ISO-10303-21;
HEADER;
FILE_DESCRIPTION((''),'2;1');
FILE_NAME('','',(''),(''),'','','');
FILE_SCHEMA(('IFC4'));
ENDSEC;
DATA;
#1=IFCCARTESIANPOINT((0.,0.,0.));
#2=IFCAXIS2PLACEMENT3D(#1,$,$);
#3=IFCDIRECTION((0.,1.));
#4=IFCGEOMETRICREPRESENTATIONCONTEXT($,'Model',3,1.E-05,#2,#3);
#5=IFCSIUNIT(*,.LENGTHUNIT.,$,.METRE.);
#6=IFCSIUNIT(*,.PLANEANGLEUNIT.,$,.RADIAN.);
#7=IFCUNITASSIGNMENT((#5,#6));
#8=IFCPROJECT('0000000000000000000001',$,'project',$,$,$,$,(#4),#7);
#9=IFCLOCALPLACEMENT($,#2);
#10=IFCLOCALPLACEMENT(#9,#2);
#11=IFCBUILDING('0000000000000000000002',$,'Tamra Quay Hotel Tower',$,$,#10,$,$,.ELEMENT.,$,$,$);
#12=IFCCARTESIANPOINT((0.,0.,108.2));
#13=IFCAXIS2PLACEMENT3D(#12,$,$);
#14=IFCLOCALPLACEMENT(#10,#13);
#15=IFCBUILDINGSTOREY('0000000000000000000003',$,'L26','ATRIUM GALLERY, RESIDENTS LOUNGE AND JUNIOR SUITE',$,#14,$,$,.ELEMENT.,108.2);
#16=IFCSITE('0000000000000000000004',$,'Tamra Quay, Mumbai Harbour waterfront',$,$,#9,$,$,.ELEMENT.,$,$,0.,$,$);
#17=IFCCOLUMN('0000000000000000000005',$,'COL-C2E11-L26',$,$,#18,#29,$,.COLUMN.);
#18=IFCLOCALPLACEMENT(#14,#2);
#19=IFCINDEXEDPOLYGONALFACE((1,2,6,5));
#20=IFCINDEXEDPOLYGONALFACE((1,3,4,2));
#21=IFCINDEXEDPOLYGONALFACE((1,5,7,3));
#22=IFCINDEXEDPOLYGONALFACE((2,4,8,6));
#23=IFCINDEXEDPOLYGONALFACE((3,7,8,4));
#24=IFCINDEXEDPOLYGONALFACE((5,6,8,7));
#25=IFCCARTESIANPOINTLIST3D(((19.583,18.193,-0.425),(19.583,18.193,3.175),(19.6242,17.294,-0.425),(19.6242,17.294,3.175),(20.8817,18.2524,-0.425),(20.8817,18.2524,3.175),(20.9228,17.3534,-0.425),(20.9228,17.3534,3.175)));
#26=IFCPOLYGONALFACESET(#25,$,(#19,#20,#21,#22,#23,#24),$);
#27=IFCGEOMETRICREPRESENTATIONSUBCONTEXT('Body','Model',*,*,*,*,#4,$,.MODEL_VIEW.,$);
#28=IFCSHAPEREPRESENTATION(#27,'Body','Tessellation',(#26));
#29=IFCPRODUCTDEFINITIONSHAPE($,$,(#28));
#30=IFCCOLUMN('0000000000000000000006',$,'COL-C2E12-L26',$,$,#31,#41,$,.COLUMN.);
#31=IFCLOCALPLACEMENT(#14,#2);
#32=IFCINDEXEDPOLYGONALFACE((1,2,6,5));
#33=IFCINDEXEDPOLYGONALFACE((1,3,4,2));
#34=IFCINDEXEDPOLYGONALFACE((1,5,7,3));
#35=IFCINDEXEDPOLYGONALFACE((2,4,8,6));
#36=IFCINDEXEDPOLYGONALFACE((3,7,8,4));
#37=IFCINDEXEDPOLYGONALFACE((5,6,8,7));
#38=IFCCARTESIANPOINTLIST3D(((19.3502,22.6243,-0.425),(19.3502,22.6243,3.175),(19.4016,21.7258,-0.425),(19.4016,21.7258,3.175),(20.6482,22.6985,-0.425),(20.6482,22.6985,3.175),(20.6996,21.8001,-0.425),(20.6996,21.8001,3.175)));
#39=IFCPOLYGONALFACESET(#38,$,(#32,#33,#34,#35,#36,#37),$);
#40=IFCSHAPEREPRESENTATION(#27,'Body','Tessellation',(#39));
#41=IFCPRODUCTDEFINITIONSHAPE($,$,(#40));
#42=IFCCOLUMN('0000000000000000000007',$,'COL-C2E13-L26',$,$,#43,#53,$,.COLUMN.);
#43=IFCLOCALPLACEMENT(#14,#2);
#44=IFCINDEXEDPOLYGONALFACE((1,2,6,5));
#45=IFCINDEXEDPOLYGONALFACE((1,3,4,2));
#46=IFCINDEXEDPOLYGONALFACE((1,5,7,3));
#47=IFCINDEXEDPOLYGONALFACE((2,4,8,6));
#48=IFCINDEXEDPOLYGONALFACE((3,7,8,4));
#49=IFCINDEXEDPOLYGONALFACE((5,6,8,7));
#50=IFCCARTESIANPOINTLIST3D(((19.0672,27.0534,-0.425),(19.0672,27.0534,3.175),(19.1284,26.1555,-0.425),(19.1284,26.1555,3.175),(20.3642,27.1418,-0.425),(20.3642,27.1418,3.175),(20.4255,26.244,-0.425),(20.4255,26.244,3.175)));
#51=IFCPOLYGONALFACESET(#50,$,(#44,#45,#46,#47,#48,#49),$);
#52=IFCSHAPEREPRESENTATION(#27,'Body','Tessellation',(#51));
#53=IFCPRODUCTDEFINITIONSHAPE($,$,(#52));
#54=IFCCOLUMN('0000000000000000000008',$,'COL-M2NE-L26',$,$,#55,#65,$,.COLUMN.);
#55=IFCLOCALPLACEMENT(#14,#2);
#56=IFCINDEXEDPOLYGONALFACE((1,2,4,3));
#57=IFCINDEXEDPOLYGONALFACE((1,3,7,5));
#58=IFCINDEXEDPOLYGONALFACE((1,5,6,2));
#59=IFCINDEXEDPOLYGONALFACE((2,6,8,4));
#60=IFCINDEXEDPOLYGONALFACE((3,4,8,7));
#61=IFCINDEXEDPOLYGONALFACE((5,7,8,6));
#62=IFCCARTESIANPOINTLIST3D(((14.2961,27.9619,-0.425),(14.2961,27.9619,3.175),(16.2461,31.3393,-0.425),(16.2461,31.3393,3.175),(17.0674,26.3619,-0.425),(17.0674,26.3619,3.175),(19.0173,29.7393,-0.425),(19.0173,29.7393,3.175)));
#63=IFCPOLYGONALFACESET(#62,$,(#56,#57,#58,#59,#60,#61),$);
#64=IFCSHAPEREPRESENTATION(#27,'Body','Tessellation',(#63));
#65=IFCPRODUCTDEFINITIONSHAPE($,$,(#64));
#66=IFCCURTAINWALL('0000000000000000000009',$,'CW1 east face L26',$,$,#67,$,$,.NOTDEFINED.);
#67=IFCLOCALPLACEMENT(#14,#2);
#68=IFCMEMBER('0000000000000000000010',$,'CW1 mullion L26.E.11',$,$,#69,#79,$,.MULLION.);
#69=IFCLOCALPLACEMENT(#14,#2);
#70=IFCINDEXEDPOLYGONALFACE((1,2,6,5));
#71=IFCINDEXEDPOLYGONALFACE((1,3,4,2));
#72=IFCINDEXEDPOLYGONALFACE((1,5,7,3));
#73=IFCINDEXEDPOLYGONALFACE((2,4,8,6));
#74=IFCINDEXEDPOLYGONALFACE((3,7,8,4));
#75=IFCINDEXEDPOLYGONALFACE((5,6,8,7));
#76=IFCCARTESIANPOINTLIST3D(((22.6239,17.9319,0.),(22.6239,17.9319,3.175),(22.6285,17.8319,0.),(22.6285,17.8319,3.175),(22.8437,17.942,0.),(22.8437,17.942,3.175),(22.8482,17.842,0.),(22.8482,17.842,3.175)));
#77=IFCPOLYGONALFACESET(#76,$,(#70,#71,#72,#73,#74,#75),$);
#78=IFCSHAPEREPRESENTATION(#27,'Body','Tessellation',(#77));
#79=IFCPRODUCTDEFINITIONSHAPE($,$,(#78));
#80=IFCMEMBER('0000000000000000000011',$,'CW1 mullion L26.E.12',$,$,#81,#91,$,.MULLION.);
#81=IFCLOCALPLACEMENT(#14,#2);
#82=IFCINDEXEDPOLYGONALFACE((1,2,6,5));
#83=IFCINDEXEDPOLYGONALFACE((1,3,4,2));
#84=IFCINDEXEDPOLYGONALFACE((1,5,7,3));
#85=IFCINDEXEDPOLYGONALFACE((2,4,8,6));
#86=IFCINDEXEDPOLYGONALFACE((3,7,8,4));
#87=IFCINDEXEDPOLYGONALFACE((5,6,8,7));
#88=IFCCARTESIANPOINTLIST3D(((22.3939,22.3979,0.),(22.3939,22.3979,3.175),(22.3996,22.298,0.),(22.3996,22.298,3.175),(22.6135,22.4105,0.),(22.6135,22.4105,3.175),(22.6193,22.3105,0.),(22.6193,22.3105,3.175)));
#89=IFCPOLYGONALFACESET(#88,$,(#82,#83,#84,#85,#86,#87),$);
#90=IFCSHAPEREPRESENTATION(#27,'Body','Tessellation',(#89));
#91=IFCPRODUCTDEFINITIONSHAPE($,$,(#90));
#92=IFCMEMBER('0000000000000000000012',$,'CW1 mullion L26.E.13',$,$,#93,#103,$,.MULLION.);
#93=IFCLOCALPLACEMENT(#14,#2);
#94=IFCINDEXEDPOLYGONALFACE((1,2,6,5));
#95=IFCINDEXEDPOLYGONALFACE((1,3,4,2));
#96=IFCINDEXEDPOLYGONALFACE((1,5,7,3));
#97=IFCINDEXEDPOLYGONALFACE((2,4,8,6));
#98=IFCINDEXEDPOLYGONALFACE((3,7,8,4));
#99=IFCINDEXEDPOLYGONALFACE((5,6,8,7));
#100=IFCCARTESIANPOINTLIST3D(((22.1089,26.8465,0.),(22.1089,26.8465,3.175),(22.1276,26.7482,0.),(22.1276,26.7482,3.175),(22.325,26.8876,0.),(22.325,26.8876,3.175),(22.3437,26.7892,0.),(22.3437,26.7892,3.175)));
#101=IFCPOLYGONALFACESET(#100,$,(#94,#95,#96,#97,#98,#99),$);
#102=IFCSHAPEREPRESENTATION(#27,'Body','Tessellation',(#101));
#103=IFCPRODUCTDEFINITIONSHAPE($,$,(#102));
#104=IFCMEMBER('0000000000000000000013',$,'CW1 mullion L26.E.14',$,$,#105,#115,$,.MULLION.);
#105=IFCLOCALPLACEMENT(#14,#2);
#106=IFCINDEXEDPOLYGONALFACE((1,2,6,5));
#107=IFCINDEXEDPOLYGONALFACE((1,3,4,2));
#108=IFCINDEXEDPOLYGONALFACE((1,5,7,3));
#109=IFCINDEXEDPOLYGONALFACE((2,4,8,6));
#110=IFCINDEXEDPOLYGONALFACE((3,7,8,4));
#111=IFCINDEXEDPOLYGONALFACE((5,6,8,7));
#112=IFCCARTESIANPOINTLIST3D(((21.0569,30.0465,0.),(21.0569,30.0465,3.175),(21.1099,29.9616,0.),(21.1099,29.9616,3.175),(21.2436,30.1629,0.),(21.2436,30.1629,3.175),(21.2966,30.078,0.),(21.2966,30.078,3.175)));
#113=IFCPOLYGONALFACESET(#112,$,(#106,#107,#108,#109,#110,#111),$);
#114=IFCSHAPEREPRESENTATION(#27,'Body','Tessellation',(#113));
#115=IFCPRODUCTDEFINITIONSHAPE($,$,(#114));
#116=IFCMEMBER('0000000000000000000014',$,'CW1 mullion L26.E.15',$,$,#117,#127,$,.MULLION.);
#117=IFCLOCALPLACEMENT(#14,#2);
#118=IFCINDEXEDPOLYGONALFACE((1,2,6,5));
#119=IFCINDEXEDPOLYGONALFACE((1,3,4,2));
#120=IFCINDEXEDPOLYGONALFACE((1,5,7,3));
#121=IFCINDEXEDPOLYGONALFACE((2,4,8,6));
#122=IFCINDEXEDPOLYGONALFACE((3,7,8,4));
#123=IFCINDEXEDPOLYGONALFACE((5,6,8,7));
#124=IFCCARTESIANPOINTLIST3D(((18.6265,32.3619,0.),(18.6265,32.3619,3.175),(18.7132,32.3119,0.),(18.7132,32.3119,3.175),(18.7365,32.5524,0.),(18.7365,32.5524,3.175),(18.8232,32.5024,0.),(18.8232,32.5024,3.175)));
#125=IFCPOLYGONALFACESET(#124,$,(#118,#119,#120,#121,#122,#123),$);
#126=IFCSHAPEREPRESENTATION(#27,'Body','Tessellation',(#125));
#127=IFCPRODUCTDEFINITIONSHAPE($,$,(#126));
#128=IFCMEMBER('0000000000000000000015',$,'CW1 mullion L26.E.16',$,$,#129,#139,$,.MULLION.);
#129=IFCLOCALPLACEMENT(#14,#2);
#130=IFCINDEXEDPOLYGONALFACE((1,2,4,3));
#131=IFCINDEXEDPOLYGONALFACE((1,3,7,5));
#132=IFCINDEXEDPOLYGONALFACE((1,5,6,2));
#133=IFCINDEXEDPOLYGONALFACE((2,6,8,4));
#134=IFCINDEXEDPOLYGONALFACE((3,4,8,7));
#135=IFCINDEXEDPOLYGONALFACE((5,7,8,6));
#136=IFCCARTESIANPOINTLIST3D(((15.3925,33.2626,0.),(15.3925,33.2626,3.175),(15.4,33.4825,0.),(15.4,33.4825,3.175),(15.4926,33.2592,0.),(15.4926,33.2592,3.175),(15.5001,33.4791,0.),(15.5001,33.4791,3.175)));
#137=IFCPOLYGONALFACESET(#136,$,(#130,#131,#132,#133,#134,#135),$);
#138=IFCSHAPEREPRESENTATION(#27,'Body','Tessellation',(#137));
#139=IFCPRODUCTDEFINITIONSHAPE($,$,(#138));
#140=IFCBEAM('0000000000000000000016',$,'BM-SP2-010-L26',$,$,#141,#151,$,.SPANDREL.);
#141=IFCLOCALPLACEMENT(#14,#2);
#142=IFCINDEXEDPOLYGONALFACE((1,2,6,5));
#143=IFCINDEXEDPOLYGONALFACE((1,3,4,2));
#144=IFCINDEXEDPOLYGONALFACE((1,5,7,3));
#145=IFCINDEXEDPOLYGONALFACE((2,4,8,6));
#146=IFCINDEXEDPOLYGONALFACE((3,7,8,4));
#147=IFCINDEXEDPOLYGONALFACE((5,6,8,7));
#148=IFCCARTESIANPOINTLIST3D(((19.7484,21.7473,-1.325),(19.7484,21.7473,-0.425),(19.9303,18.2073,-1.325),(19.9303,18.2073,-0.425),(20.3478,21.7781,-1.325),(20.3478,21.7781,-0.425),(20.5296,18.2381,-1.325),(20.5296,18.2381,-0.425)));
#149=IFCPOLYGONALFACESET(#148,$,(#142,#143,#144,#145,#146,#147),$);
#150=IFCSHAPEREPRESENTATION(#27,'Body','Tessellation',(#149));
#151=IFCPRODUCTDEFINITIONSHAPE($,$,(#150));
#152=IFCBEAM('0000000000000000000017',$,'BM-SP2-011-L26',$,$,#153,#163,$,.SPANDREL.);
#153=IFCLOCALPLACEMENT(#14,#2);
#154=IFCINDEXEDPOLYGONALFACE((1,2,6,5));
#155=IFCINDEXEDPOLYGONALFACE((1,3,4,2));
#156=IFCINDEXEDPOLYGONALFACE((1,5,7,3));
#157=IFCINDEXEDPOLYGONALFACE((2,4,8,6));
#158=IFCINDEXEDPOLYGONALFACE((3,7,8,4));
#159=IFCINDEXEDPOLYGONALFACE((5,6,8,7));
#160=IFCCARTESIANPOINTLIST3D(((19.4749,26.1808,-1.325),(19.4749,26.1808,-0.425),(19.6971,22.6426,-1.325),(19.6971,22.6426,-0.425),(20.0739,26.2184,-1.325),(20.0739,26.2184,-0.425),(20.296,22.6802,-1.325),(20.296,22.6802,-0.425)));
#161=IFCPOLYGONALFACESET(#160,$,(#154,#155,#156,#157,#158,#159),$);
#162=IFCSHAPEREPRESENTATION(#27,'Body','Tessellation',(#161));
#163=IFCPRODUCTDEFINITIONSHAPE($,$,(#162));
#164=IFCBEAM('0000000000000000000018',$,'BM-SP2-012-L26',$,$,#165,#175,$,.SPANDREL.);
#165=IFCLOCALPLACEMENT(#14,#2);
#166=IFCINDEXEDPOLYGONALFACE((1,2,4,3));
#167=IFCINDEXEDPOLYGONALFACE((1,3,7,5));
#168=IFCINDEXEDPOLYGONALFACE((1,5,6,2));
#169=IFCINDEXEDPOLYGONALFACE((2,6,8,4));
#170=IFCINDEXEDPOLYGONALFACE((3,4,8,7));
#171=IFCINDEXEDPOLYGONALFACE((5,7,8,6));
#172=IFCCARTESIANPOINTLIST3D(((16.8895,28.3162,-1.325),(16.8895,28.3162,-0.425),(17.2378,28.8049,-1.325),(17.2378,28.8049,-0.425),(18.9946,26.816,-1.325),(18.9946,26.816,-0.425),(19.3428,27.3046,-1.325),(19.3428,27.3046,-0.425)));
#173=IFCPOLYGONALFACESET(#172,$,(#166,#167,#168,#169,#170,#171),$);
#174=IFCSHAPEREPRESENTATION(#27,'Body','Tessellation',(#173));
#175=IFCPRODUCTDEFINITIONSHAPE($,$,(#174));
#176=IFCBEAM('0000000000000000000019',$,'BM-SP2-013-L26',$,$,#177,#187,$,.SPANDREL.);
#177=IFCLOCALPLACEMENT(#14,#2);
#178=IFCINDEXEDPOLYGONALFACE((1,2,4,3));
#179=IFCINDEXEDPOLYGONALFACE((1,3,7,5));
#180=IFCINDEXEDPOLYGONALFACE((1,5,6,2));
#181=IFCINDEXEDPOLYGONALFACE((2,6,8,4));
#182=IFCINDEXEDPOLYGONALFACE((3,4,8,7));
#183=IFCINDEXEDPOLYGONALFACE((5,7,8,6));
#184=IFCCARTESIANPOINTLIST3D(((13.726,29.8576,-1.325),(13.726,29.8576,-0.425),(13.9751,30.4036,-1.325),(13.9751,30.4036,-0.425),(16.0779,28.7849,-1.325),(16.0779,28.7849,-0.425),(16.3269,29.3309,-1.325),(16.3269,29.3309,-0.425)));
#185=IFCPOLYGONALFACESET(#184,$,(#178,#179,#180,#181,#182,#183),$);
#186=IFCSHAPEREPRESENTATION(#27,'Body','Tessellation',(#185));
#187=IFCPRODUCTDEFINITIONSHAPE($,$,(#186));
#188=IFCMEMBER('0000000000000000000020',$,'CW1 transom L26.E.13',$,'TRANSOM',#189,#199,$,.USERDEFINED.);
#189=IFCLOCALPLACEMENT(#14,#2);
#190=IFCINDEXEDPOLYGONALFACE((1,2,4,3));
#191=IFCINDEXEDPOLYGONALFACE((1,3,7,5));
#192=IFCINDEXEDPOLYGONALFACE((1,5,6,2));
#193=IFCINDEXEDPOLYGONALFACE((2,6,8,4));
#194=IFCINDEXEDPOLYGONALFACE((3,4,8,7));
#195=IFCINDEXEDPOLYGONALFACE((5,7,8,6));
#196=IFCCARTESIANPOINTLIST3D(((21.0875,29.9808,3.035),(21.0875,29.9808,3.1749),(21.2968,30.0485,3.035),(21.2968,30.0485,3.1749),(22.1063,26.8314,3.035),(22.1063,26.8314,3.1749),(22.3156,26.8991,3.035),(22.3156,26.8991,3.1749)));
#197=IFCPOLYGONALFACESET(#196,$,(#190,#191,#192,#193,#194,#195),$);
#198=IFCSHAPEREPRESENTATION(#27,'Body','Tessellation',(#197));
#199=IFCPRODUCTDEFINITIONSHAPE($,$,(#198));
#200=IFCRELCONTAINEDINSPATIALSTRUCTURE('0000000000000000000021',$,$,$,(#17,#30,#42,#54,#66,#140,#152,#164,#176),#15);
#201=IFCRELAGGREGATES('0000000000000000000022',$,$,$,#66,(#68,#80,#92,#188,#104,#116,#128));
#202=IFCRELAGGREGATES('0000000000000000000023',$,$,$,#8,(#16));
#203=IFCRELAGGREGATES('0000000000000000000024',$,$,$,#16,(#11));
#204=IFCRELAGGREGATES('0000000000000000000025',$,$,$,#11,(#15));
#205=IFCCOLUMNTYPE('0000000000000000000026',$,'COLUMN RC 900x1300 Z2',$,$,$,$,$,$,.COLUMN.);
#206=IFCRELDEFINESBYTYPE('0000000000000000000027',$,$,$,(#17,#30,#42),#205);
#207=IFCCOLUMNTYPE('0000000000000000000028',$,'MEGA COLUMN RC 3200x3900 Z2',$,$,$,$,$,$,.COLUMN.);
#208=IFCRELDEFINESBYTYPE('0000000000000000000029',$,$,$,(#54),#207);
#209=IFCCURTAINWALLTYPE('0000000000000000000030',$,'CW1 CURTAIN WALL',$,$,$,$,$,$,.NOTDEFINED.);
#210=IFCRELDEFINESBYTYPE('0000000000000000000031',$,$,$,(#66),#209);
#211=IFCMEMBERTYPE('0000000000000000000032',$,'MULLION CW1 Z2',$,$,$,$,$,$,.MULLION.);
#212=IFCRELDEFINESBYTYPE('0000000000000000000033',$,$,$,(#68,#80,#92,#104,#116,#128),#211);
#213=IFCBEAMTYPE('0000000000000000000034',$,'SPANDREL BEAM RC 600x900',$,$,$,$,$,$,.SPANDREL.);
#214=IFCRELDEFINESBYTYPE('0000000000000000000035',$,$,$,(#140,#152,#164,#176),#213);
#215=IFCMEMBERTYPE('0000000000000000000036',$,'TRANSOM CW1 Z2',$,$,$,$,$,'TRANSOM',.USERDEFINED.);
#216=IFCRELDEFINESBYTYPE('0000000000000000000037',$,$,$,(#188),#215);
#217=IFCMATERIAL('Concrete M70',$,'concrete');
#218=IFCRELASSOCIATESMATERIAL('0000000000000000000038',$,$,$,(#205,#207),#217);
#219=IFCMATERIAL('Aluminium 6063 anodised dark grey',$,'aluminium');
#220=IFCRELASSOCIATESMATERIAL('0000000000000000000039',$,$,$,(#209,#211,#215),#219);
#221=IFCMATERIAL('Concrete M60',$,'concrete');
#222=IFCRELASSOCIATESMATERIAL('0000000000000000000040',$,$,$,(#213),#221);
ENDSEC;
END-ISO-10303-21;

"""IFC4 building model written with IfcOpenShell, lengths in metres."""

from ifc_helpers import new_model, si_unit, direction, frame, origin, origin_2d, place, context, subcontext, project, spatial, rectangle, extrude, material, material_profile, profile_set, type_object, element, aggregate, save


model = new_model("IFC4")

# Units and contexts
model_context = context("Model", 3, precision=1e-05, world=origin(), true_north=direction((0.0, 1.0)))
body_context = subcontext(model_context, "Body", "Model", "MODEL_VIEW")
ifc_project = project(units=[si_unit("LENGTHUNIT", "METRE"), si_unit("PLANEANGLEUNIT", "RADIAN")], contexts=[model_context])

# Site, building, storey
site_placement = place(None, origin())
site = spatial("IfcSite", under=ifc_project, at=site_placement, Name="Tamra Quay, Mumbai Harbour waterfront", CompositionType="ELEMENT", RefElevation=0.0)
building_placement = place(site_placement, origin())
building = spatial("IfcBuilding", under=site, at=building_placement, Name="Tamra Quay Hotel Tower", CompositionType="ELEMENT")
storey_placement = place(building_placement, frame((0.0, 0.0, 108.2)))
storey = spatial("IfcBuildingStorey", under=building, at=storey_placement, Name="L26", Description="ATRIUM GALLERY, RESIDENTS LOUNGE AND JUNIOR SUITE", CompositionType="ELEMENT", Elevation=108.2)

# Columns
ifc_material_1 = material(Name="Concrete M70", Category="concrete")
ifc_material_profile_1 = material_profile(ifc_material_1, rectangle(XDim=1.3, YDim=0.8999, at=origin_2d()), Name="COLUMN RC 900x1300 Z2")
ifc_profile_set_1 = profile_set([ifc_material_profile_1], Name="Concrete M70")
column_type_1 = type_object("IfcColumnType", Name="COLUMN RC 900x1300 Z2", PredefinedType="COLUMN", material=ifc_profile_set_1)
for number, where, z_axis, x_axis, name in (
    (1, (20.2529, 17.7732, -0.425), (0.0, 0.0, 1.0), (0.998955, 0.045712, 0.0), "COL-C2E11-L26"),
    (2, (20.0249, 22.2122, -0.425), (0.0, 0.0, 1.0), (0.998368, 0.057108, 0.0), "COL-C2E12-L26"),
    (3, (19.7463, 26.6487, -0.425), (0.0, 0.0, 1.0), (0.997682, 0.068041, 0.0), "COL-C2E13-L26"),
):
    element("IfcColumn", number, at=place(storey_placement, frame(where, z_axis=z_axis, x_axis=x_axis)), inside=storey, type_object=column_type_1, Name=name, PredefinedType="COLUMN", context=body_context, shape_type="SweptSolid", body=[
        extrude(rectangle(XDim=1.3, YDim=0.8999, at=origin_2d()), origin(), (0.0, 0.0, 1.0), 3.6001),
    ])
ifc_material_profile_2 = material_profile(ifc_material_1, rectangle(XDim=3.8999, YDim=3.2, at=origin_2d()), Name="MEGA COLUMN RC 3200x3900 Z2")
ifc_profile_set_2 = profile_set([ifc_material_profile_2], Name="Concrete M70")
column_type_2 = type_object("IfcColumnType", Name="MEGA COLUMN RC 3200x3900 Z2", PredefinedType="COLUMN", material=ifc_profile_set_2)
column_placement = place(storey_placement, frame((16.6567, 28.8506, -0.425), z_axis=(0.0, 0.0, 1.0), x_axis=(0.5, 0.866025, 0.0)))
element("IfcColumn", 4, at=column_placement, inside=storey, type_object=column_type_2, Name="COL-M2NE-L26", PredefinedType="COLUMN", context=body_context, shape_type="SweptSolid", body=[
    extrude(rectangle(XDim=3.8999, YDim=3.2, at=origin_2d()), origin(), (0.0, 0.0, 1.0), 3.6001),
])

# Curtain wall, members
ifc_material_2 = material(Name="Aluminium 6063 anodised dark grey", Category="aluminium")
curtain_wall_type = type_object("IfcCurtainWallType", Name="CW1 CURTAIN WALL", PredefinedType="NOTDEFINED", material=ifc_material_2)
curtain_wall_placement = place(storey_placement, origin())
curtain_wall = element("IfcCurtainWall", 5, at=curtain_wall_placement, inside=storey, type_object=curtain_wall_type, Name="CW1 east face L26", PredefinedType="NOTDEFINED")
ifc_material_profile_3 = material_profile(ifc_material_2, rectangle(XDim=0.22, YDim=0.1001, at=origin_2d()), Name="MULLION 100X220")
ifc_profile_set_3 = profile_set([ifc_material_profile_3], Name="Aluminium 6063 anodised dark grey")
member_type_1 = type_object("IfcMemberType", Name="MULLION CW1 Z2", PredefinedType="MULLION", material=ifc_profile_set_3)
member_1_placement = place(storey_placement, frame((22.7361, 17.887, 0.0), z_axis=(0.0, 0.0, 1.0), x_axis=(0.998958, 0.045633, 0.0)))
member_1 = element("IfcMember", 6, at=member_1_placement, type_object=member_type_1, Name="CW1 mullion L26.E.11", PredefinedType="MULLION", context=body_context, shape_type="SweptSolid", body=[
    extrude(rectangle(XDim=0.22, YDim=0.1001, at=origin_2d()), origin(), (0.0, 0.0, 1.0), 3.175),
])
member_2_placement = place(storey_placement, frame((22.5066, 22.3542, 0.0), z_axis=(0.0, 0.0, 1.0), x_axis=(0.998374, 0.056996, 0.0)))
member_2 = element("IfcMember", 7, at=member_2_placement, type_object=member_type_1, Name="CW1 mullion L26.E.12", PredefinedType="MULLION", context=body_context, shape_type="SweptSolid", body=[
    extrude(rectangle(XDim=0.22, YDim=0.1001, at=origin_2d()), origin(), (0.0, 0.0, 1.0), 3.175),
])
member_3_placement = place(storey_placement, frame((22.2263, 26.8179, 0.0), z_axis=(0.0, 0.0, 1.0), x_axis=(0.982419, 0.186689, 0.0)))
member_3 = element("IfcMember", 8, at=member_3_placement, type_object=member_type_1, Name="CW1 mullion L26.E.13", PredefinedType="MULLION", context=body_context, shape_type="SweptSolid", body=[
    extrude(rectangle(XDim=0.22, YDim=0.1001, at=origin_2d()), origin(), (0.0, 0.0, 1.0), 3.175),
])
member_4_placement = place(storey_placement, frame((21.1768, 30.0623, 0.0), z_axis=(0.0, 0.0, 1.0), x_axis=(0.848503, 0.52919, 0.0)))
member_4 = element("IfcMember", 9, at=member_4_placement, type_object=member_type_1, Name="CW1 mullion L26.E.14", PredefinedType="MULLION", context=body_context, shape_type="SweptSolid", body=[
    extrude(rectangle(XDim=0.22, YDim=0.1001, at=origin_2d()), origin(), (0.0, 0.0, 1.0), 3.175),
])
member_5_placement = place(storey_placement, frame((18.7249, 32.4321, 0.0), z_axis=(0.0, 0.0, 1.0), x_axis=(0.5, 0.866025, 0.0)))
member_5 = element("IfcMember", 10, at=member_5_placement, type_object=member_type_1, Name="CW1 mullion L26.E.15", PredefinedType="MULLION", context=body_context, shape_type="SweptSolid", body=[
    extrude(rectangle(XDim=0.22, YDim=0.1001, at=origin_2d()), origin(), (0.0, 0.0, 1.0), 3.175),
])
member_6_placement = place(storey_placement, frame((15.4463, 33.3708, 0.0), z_axis=(0.0, 0.0, 1.0), x_axis=(0.034041, 0.99942, 0.0)))
member_6 = element("IfcMember", 11, at=member_6_placement, type_object=member_type_1, Name="CW1 mullion L26.E.16", PredefinedType="MULLION", context=body_context, shape_type="SweptSolid", body=[
    extrude(rectangle(XDim=0.22, YDim=0.1001, at=origin_2d()), origin(), (0.0, 0.0, 1.0), 3.175),
])

# Beams
ifc_material_3 = material(Name="Concrete M60", Category="concrete")
ifc_material_profile_4 = material_profile(ifc_material_3, rectangle(XDim=0.6001, YDim=0.8999, at=origin_2d()), Name="SPANDREL BEAM RC 600x900")
ifc_profile_set_4 = profile_set([ifc_material_profile_4], Name="Concrete M60")
beam_type = type_object("IfcBeamType", Name="SPANDREL BEAM RC 600x900", PredefinedType="SPANDREL", material=ifc_profile_set_4)
beam_1_placement = place(storey_placement, frame((20.23, 18.2227, -0.875), z_axis=(-0.051312, 0.998683, 0.0), x_axis=(-0.998683, -0.051312, 0.0)))
element("IfcBeam", 12, at=beam_1_placement, inside=storey, type_object=beam_type, Name="BM-SP2-010-L26", PredefinedType="SPANDREL", context=body_context, shape_type="SweptSolid", body=[
    extrude(rectangle(XDim=0.6001, YDim=0.8999, at=origin_2d()), origin(), (0.0, 0.0, 1.0), 3.5447),
])
beam_2_placement = place(storey_placement, frame((19.9966, 22.6614, -0.875), z_axis=(-0.06267, 0.998034, 0.0), x_axis=(-0.998034, -0.06267, 0.0)))
element("IfcBeam", 13, at=beam_2_placement, inside=storey, type_object=beam_type, Name="BM-SP2-011-L26", PredefinedType="SPANDREL", context=body_context, shape_type="SweptSolid", body=[
    extrude(rectangle(XDim=0.6001, YDim=0.8999, at=origin_2d()), origin(), (0.0, 0.0, 1.0), 3.5452),
])
for number, where, z_axis, x_axis, name in (
    (14, (19.1687, 27.0603, -0.875), (-0.814339, 0.580389, 0.0), (-0.580389, -0.814339, 0.0), "BM-SP2-012-L26"),
    (15, (16.2024, 29.0579, -0.875), (-0.909819, 0.415005, 0.0), (-0.415005, -0.909819, 0.0), "BM-SP2-013-L26"),
):
    element("IfcBeam", number, at=place(storey_placement, frame(where, z_axis=z_axis, x_axis=x_axis)), inside=storey, type_object=beam_type, Name=name, PredefinedType="SPANDREL", context=body_context, shape_type="SweptSolid", body=[
        extrude(rectangle(XDim=0.6001, YDim=0.8999, at=origin_2d()), origin(), (0.0, 0.0, 1.0), 2.585),
    ])

# Member
ifc_material_profile_5 = material_profile(ifc_material_2, rectangle(XDim=0.22, YDim=0.1399, at=origin_2d()), Name="TRANSOM 220X140")
ifc_profile_set_5 = profile_set([ifc_material_profile_5], Name="Aluminium 6063 anodised dark grey")
member_type_2 = type_object("IfcMemberType", Name="TRANSOM CW1 Z2", ElementType="TRANSOM", PredefinedType="USERDEFINED", material=ifc_profile_set_5)
member_7_placement = place(storey_placement, frame((22.2109, 26.8652, 3.105), z_axis=(-0.307785, 0.951456, 0.0), x_axis=(-0.951456, -0.307785, 0.0)))
member_7 = element("IfcMember", 16, at=member_7_placement, type_object=member_type_2, Name="CW1 transom L26.E.13", ObjectType="TRANSOM", PredefinedType="USERDEFINED", context=body_context, shape_type="SweptSolid", body=[
    extrude(rectangle(XDim=0.22, YDim=0.1399, at=origin_2d()), origin(), (0.0, 0.0, 1.0), 3.3101),
])

aggregate(curtain_wall, [member_1, member_2, member_3, member_7, member_4, member_5, member_6])

save(model, "model.ifc")
